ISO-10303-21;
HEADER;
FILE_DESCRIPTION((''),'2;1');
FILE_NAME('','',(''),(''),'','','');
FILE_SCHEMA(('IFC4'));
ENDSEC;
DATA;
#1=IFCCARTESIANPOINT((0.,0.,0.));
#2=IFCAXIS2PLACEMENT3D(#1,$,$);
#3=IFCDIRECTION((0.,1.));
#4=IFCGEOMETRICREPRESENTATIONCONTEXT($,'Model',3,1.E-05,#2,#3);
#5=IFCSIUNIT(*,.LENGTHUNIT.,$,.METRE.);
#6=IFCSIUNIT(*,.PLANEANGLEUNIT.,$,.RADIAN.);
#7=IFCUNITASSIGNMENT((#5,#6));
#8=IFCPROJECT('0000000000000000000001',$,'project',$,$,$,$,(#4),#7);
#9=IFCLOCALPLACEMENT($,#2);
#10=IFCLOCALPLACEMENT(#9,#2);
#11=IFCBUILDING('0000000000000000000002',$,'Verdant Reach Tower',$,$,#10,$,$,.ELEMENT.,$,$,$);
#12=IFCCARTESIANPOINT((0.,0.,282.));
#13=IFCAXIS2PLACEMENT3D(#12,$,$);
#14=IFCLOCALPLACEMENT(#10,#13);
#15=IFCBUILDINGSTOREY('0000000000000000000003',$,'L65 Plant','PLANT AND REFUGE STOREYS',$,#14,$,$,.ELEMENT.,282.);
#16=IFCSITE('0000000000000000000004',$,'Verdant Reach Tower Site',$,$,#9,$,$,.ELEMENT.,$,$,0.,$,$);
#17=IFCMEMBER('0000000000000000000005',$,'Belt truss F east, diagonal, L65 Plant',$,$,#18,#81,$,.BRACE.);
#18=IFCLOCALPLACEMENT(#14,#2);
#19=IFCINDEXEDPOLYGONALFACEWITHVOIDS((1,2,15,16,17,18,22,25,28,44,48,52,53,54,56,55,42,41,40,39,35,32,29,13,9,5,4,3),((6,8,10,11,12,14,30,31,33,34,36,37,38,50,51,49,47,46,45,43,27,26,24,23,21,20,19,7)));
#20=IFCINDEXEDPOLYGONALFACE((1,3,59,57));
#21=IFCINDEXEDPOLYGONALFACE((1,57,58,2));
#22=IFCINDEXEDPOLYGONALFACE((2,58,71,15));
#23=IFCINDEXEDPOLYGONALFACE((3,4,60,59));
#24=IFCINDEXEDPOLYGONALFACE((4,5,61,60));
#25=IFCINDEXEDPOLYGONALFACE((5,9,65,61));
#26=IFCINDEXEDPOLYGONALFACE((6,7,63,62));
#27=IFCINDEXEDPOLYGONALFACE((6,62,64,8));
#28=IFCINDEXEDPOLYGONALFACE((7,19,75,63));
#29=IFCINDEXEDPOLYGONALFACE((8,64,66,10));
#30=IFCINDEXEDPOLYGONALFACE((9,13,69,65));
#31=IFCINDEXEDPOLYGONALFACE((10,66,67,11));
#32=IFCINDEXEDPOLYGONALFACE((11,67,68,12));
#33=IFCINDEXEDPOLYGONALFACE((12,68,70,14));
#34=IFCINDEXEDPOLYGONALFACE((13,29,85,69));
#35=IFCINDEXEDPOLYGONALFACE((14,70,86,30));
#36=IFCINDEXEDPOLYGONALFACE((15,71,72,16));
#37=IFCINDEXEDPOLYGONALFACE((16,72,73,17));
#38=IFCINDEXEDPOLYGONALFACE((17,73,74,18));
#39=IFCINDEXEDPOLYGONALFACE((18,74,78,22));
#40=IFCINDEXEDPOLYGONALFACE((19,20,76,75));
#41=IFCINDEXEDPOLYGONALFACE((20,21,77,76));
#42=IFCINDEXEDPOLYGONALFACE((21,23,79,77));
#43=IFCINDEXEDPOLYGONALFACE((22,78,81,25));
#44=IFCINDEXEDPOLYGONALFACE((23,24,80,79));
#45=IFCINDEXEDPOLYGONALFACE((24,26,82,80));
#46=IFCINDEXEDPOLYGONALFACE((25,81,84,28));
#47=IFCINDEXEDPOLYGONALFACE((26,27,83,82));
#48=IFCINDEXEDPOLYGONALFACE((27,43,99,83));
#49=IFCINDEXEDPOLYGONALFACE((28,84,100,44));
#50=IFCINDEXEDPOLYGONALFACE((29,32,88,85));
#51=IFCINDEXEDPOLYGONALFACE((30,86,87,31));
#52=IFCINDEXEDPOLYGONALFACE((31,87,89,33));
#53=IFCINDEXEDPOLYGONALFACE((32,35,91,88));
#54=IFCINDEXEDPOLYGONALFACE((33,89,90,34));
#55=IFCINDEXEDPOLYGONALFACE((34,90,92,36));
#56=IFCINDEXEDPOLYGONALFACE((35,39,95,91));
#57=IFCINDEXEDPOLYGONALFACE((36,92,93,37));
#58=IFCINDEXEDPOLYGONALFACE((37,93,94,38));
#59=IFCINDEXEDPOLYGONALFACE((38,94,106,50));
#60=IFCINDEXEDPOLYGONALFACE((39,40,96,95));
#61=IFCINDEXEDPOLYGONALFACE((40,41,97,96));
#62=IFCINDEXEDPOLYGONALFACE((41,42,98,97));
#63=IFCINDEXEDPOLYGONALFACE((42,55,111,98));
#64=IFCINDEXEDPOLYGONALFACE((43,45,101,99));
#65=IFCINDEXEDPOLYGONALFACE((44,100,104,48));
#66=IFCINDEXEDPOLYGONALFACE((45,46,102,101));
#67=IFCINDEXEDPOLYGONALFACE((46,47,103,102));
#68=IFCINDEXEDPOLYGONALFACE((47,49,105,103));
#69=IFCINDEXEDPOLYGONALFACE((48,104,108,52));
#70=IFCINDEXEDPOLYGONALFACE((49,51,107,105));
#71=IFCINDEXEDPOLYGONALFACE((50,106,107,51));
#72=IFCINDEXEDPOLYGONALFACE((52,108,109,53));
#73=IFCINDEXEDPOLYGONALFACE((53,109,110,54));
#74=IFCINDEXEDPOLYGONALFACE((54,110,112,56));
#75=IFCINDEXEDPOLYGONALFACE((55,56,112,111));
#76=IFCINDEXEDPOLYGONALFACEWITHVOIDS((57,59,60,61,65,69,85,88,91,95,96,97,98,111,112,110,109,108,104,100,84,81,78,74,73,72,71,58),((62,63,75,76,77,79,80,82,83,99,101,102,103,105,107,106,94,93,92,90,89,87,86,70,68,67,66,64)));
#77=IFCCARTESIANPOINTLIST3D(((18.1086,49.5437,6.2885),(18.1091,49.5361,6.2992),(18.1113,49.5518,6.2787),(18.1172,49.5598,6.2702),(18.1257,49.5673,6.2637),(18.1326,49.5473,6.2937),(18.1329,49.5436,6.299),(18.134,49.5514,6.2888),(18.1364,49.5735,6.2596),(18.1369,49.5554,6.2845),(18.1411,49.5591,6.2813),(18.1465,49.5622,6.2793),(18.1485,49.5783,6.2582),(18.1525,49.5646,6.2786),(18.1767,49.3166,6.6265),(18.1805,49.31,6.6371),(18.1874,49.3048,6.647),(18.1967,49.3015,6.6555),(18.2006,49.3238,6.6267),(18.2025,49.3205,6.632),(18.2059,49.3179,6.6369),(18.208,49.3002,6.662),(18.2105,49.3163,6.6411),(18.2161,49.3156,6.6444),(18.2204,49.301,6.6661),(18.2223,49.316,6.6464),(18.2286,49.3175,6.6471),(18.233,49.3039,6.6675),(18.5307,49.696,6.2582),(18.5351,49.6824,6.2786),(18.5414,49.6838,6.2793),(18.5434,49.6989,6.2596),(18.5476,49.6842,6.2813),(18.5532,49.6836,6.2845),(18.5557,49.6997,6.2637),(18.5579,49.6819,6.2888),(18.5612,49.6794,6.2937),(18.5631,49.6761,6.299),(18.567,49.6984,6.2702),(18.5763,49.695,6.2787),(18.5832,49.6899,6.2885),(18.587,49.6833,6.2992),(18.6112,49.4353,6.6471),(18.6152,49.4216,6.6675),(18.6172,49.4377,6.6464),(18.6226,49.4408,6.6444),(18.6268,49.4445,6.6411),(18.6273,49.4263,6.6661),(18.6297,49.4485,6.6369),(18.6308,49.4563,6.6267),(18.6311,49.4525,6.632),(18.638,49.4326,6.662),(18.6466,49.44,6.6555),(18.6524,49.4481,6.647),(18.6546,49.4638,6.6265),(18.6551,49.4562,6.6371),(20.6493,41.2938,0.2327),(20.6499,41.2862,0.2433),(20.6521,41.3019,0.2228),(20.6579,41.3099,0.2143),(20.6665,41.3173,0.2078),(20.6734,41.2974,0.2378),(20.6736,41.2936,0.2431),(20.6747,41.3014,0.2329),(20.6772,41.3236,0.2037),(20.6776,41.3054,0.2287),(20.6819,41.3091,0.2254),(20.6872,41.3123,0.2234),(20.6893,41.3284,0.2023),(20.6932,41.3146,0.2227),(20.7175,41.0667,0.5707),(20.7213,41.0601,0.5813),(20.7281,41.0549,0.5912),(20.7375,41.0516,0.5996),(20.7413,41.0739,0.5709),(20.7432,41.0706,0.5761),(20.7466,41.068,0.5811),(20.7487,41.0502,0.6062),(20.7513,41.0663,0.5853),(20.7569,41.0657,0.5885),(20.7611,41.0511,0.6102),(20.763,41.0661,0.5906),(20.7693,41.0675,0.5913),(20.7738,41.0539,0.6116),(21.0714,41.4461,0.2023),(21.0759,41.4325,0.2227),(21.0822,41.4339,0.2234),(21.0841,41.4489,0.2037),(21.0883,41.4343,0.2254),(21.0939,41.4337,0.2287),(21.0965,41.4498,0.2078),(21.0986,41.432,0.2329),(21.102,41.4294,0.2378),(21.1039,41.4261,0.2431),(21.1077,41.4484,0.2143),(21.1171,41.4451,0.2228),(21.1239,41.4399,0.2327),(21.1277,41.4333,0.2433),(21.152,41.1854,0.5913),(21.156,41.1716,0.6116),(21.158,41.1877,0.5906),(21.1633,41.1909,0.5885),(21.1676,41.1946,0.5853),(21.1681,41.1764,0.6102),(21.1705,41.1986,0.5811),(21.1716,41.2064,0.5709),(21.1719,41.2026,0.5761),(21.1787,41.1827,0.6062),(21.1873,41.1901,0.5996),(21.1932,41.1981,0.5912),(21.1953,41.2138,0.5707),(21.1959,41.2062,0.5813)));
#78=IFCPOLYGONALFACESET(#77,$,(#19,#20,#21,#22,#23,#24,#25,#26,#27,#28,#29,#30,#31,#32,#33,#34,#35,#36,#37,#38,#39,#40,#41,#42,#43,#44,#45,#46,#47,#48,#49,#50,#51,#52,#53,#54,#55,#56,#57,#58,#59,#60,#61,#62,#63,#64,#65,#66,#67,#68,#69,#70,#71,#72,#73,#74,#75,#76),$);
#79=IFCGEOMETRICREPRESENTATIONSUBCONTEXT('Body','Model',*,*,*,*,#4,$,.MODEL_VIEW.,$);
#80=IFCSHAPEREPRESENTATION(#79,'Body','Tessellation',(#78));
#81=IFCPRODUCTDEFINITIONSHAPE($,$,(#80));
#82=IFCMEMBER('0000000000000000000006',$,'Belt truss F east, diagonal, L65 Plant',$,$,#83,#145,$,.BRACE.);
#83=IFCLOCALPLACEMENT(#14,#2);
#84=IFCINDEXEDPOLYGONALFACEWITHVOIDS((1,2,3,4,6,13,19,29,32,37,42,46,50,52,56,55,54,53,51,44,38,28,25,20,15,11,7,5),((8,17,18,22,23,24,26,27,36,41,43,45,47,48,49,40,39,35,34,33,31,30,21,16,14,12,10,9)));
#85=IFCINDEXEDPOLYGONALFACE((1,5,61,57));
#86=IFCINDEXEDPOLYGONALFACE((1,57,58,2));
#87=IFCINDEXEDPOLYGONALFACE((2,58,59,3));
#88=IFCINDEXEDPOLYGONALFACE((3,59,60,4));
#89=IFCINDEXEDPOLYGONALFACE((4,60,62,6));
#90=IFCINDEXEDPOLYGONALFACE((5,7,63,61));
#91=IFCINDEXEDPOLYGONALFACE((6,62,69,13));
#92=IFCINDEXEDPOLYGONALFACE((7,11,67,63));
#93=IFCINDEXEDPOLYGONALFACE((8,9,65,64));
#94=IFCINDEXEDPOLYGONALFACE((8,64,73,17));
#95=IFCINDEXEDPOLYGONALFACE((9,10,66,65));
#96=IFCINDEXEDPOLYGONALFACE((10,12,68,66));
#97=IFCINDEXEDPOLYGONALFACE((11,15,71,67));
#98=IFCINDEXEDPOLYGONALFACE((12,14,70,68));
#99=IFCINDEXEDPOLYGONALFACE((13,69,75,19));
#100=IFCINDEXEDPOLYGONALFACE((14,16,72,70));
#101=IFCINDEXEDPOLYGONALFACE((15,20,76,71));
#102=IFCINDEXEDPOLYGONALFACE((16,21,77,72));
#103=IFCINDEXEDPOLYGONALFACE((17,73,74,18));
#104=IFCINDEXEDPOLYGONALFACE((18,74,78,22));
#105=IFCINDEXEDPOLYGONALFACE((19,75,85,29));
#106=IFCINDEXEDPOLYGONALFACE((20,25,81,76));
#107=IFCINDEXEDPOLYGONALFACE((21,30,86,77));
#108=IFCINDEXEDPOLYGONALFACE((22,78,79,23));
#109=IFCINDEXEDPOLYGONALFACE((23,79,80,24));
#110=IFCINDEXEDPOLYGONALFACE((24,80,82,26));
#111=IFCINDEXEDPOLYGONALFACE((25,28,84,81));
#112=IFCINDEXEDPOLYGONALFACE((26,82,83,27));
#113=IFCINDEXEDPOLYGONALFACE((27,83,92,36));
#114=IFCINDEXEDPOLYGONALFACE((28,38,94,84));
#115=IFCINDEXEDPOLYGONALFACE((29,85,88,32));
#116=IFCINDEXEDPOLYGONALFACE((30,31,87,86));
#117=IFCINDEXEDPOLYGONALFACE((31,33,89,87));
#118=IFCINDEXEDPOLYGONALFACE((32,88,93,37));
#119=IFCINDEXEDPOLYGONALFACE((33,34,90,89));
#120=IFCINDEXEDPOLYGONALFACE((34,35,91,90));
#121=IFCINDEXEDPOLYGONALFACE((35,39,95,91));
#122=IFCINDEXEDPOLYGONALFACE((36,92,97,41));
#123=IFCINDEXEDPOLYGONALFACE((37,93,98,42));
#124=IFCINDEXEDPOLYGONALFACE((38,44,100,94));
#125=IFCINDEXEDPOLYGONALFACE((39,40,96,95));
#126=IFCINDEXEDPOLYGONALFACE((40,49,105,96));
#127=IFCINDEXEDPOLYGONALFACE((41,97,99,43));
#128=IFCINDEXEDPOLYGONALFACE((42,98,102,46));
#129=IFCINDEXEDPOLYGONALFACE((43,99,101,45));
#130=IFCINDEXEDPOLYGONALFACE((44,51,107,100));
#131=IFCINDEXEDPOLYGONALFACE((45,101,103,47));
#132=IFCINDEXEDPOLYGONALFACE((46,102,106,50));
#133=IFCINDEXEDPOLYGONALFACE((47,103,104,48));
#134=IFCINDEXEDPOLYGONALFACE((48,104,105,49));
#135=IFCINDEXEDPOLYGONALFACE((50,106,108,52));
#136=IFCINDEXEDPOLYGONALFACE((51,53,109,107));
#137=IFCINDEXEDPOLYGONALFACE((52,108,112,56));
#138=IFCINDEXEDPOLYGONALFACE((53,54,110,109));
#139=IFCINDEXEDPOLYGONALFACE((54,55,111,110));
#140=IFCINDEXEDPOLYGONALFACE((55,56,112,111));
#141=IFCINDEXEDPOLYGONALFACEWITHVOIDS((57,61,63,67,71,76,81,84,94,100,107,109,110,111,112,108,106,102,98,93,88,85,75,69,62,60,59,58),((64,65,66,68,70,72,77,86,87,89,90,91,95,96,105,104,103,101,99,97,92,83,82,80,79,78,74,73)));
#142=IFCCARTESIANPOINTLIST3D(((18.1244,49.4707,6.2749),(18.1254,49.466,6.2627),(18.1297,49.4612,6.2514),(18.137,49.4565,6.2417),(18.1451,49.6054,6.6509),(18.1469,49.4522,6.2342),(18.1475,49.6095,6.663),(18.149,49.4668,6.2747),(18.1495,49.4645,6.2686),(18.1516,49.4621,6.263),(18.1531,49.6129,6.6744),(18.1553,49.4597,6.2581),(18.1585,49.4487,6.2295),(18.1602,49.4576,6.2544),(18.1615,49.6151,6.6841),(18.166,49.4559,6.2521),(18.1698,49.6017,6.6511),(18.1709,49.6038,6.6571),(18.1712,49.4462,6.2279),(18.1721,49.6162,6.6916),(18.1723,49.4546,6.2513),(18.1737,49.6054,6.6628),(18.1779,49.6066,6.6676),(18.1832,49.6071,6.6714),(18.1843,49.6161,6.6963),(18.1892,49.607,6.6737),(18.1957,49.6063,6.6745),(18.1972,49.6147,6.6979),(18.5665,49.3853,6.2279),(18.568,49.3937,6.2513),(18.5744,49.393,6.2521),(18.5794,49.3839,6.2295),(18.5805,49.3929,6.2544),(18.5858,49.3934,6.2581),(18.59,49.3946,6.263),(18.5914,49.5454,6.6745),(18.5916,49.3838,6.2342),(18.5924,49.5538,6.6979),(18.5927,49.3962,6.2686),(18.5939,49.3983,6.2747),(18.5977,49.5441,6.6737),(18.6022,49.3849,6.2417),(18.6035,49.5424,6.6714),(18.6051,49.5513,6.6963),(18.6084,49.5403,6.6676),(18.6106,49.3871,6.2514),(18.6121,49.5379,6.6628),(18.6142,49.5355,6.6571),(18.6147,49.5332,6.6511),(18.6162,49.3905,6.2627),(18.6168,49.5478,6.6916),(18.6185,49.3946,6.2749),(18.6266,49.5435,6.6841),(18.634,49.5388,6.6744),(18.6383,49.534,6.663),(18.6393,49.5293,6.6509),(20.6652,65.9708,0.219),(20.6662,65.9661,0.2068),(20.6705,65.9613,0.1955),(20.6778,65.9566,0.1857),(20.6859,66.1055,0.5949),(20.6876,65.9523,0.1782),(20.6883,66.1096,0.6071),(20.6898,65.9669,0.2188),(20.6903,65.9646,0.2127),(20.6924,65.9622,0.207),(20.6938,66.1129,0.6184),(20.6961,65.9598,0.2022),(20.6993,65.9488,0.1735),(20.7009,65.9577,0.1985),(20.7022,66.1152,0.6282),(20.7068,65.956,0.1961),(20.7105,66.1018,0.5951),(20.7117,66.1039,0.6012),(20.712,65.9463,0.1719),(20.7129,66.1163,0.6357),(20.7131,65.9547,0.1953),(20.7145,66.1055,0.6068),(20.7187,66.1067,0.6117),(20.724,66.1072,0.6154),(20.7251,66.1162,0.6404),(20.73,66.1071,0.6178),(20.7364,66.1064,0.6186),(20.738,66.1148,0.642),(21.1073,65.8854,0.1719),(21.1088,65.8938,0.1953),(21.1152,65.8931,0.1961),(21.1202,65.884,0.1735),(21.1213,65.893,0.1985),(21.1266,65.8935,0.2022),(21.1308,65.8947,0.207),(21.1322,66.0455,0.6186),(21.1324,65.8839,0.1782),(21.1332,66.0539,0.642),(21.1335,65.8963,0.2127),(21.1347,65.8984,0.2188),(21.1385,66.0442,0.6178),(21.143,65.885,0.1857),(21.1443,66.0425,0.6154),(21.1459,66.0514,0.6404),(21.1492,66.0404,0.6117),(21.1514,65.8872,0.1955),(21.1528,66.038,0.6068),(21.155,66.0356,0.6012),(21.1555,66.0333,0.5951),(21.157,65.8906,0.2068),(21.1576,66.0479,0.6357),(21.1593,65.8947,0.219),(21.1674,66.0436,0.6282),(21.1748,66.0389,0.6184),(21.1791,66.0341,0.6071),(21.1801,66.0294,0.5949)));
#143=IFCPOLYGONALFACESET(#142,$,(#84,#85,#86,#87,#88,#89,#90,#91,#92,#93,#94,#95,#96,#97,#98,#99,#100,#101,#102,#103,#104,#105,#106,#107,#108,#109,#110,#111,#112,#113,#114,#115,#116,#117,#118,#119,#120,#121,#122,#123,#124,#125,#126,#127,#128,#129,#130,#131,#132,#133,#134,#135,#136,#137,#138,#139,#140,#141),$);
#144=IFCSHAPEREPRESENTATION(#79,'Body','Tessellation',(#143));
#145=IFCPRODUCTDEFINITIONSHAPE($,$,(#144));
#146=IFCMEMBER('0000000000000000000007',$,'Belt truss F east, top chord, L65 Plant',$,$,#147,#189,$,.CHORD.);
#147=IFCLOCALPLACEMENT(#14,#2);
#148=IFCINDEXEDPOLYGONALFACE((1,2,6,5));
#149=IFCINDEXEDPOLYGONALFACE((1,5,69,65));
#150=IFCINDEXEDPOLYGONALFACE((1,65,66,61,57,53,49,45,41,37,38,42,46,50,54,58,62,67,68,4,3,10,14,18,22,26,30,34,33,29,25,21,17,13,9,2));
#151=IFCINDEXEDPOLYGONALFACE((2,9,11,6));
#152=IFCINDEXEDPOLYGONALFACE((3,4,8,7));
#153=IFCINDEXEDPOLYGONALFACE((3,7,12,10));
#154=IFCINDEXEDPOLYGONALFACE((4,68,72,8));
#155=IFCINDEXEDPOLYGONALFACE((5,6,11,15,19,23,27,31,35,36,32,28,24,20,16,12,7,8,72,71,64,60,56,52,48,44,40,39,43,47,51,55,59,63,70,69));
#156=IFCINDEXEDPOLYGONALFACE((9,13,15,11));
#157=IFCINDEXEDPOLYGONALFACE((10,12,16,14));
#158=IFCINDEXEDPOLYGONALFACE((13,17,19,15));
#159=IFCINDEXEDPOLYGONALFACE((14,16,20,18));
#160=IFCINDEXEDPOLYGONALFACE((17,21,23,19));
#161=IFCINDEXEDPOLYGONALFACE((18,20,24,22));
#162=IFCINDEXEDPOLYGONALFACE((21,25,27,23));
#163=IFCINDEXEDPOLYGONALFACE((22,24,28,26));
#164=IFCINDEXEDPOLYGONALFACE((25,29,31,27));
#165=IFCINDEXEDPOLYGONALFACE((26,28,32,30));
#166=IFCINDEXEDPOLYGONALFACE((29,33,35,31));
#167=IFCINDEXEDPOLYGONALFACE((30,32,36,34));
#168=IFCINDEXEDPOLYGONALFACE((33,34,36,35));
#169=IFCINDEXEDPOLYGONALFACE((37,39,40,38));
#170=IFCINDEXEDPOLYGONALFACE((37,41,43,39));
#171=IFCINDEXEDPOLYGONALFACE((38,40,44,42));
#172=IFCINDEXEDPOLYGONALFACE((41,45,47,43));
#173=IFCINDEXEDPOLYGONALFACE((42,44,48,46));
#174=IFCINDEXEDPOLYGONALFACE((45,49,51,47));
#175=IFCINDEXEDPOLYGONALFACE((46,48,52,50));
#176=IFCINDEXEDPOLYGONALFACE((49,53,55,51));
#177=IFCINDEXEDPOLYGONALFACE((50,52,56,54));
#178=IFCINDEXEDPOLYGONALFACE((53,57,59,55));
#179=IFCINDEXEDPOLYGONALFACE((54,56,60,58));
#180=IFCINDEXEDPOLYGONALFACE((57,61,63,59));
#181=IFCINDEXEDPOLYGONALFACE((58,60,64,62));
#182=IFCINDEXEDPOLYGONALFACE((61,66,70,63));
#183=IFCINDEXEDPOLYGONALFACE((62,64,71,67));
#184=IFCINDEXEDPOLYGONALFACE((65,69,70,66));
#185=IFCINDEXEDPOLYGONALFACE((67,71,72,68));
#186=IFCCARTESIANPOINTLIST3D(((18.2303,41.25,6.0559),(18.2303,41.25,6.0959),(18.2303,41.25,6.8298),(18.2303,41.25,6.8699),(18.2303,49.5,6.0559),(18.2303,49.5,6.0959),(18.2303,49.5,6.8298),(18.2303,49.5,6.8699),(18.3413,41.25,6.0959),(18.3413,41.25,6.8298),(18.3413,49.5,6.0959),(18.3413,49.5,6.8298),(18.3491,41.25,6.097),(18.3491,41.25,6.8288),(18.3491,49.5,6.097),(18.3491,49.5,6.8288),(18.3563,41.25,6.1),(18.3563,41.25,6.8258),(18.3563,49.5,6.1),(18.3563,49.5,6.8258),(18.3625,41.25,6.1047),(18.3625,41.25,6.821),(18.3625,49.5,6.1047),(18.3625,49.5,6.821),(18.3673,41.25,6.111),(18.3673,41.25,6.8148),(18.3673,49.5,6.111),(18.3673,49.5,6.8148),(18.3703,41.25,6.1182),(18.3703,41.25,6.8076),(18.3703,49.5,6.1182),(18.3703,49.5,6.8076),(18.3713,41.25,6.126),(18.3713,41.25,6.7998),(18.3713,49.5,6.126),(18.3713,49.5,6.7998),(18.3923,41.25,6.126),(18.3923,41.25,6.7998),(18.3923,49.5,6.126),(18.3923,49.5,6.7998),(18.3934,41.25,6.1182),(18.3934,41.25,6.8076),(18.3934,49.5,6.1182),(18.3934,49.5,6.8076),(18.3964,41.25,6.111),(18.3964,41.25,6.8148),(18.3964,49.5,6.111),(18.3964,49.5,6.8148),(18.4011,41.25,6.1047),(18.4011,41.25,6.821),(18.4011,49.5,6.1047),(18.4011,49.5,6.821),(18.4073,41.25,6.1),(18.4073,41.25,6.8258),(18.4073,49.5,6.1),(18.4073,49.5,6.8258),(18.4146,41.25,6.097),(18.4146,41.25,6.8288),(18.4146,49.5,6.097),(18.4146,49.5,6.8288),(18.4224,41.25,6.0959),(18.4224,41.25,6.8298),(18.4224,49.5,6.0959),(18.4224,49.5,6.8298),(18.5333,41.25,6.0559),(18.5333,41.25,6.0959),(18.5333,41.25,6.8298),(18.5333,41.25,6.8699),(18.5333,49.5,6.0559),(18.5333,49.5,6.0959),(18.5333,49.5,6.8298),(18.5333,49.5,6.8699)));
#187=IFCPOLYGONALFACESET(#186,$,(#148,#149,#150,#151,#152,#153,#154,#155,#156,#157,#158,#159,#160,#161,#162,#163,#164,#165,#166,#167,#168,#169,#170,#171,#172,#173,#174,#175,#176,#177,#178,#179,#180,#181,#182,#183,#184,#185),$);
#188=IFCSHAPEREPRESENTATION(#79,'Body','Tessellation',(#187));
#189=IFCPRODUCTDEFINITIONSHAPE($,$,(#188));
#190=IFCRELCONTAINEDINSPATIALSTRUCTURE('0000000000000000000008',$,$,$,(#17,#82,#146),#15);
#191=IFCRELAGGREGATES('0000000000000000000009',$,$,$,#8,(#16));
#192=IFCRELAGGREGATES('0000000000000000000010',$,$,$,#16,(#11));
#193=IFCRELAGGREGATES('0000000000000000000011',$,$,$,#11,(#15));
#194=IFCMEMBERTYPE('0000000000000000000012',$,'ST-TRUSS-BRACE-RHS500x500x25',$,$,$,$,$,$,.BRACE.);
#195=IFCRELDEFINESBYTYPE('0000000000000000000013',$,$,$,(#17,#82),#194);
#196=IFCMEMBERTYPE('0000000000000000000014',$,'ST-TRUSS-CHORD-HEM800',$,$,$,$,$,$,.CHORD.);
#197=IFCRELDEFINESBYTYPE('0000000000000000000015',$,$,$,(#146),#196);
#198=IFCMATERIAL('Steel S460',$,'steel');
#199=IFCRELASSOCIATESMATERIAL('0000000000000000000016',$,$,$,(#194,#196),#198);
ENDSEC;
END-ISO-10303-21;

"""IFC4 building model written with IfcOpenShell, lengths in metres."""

from ifc_helpers import new_model, si_unit, direction, frame, origin, origin_2d, place, context, subcontext, project, spatial, hollow_rectangle, i_section, extrude, material, material_profile, profile_set, type_object, element, save


model = new_model("IFC4")

# Units and contexts
model_context = context("Model", 3, precision=1e-05, world=origin(), true_north=direction((0.0, 1.0)))
body_context = subcontext(model_context, "Body", "Model", "MODEL_VIEW")
ifc_project = project(units=[si_unit("LENGTHUNIT", "METRE"), si_unit("PLANEANGLEUNIT", "RADIAN")], contexts=[model_context])

# Site, building, storey
site_placement = place(None, origin())
site = spatial("IfcSite", under=ifc_project, at=site_placement, Name="Verdant Reach Tower Site", CompositionType="ELEMENT", RefElevation=0.0)
building_placement = place(site_placement, origin())
building = spatial("IfcBuilding", under=site, at=building_placement, Name="Verdant Reach Tower", CompositionType="ELEMENT")
storey_placement = place(building_placement, frame((0.0, 0.0, 282.0)))
storey = spatial("IfcBuildingStorey", under=building, at=storey_placement, Name="L65 Plant", Description="PLANT AND REFUGE STOREYS", CompositionType="ELEMENT", Elevation=282.0)

# Shared definitions
ifc_material_1 = material(Name="Steel S460", Category="steel")

# Members
ifc_material_profile_1 = material_profile(ifc_material_1, hollow_rectangle(XDim=0.5, YDim=0.5, WallThickness=0.0249, InnerFilletRadius=0.0249, OuterFilletRadius=0.05, at=origin_2d()), Name="RHS 500x500x25")
ifc_profile_set_1 = profile_set([ifc_material_profile_1], Name="Steel S460")
member_type_1 = type_object("IfcMemberType", Name="ST-TRUSS-BRACE-RHS500x500x25", PredefinedType="BRACE", material=ifc_profile_set_1)
member_1_placement = place(storey_placement, frame((20.9226, 41.25, 0.407), z_axis=(-0.240951, 0.782379, 0.574305), x_axis=(-0.955704, -0.29433, 0.0)))
element("IfcMember", 1, at=member_1_placement, inside=storey, type_object=member_type_1, Name="Belt truss F east, diagonal, L65 Plant", PredefinedType="BRACE", context=body_context, shape_type="SweptSolid", body=[
    extrude(hollow_rectangle(XDim=0.5, YDim=0.5, WallThickness=0.0249, InnerFilletRadius=0.0249, OuterFilletRadius=0.05, at=origin_2d()), origin(), (0.0, 0.0, 1.0), 10.5447),
])
member_2_placement = place(storey_placement, frame((18.3818, 49.5, 6.4629), z_axis=(0.14307, 0.92911, -0.341006), x_axis=(-0.988351, 0.152192, 0.0)))
element("IfcMember", 2, at=member_2_placement, inside=storey, type_object=member_type_1, Name="Belt truss F east, diagonal, L65 Plant", PredefinedType="BRACE", context=body_context, shape_type="SweptSolid", body=[
    extrude(hollow_rectangle(XDim=0.5, YDim=0.5, WallThickness=0.0249, InnerFilletRadius=0.0249, OuterFilletRadius=0.05, at=origin_2d()), origin(), (0.0, 0.0, 1.0), 17.759),
])
ifc_material_profile_2 = material_profile(ifc_material_1, i_section(OverallWidth=0.303, OverallDepth=0.814, WebThickness=0.021, FlangeThickness=0.04, FilletRadius=0.03, at=origin_2d()), Name="HEM 800")
ifc_profile_set_2 = profile_set([ifc_material_profile_2], Name="Steel S460")
member_type_2 = type_object("IfcMemberType", Name="ST-TRUSS-CHORD-HEM800", PredefinedType="CHORD", material=ifc_profile_set_2)
for number, where, z_axis, x_axis, name in (
    (3, (18.3818, 41.25, 6.4629), (0.0, 1.0, 0.0), (-1.0, 0.0, 0.0), "Belt truss F east, top chord, L65 Plant"),
):
    element("IfcMember", number, at=place(storey_placement, frame(where, z_axis=z_axis, x_axis=x_axis)), inside=storey, type_object=member_type_2, Name=name, PredefinedType="CHORD", context=body_context, shape_type="SweptSolid", body=[
        extrude(i_section(OverallWidth=0.303, OverallDepth=0.814, WebThickness=0.021, FlangeThickness=0.04, FilletRadius=0.03, at=origin_2d()), origin(), (0.0, 0.0, 1.0), 8.25),
    ])

save(model, "model.ifc")
